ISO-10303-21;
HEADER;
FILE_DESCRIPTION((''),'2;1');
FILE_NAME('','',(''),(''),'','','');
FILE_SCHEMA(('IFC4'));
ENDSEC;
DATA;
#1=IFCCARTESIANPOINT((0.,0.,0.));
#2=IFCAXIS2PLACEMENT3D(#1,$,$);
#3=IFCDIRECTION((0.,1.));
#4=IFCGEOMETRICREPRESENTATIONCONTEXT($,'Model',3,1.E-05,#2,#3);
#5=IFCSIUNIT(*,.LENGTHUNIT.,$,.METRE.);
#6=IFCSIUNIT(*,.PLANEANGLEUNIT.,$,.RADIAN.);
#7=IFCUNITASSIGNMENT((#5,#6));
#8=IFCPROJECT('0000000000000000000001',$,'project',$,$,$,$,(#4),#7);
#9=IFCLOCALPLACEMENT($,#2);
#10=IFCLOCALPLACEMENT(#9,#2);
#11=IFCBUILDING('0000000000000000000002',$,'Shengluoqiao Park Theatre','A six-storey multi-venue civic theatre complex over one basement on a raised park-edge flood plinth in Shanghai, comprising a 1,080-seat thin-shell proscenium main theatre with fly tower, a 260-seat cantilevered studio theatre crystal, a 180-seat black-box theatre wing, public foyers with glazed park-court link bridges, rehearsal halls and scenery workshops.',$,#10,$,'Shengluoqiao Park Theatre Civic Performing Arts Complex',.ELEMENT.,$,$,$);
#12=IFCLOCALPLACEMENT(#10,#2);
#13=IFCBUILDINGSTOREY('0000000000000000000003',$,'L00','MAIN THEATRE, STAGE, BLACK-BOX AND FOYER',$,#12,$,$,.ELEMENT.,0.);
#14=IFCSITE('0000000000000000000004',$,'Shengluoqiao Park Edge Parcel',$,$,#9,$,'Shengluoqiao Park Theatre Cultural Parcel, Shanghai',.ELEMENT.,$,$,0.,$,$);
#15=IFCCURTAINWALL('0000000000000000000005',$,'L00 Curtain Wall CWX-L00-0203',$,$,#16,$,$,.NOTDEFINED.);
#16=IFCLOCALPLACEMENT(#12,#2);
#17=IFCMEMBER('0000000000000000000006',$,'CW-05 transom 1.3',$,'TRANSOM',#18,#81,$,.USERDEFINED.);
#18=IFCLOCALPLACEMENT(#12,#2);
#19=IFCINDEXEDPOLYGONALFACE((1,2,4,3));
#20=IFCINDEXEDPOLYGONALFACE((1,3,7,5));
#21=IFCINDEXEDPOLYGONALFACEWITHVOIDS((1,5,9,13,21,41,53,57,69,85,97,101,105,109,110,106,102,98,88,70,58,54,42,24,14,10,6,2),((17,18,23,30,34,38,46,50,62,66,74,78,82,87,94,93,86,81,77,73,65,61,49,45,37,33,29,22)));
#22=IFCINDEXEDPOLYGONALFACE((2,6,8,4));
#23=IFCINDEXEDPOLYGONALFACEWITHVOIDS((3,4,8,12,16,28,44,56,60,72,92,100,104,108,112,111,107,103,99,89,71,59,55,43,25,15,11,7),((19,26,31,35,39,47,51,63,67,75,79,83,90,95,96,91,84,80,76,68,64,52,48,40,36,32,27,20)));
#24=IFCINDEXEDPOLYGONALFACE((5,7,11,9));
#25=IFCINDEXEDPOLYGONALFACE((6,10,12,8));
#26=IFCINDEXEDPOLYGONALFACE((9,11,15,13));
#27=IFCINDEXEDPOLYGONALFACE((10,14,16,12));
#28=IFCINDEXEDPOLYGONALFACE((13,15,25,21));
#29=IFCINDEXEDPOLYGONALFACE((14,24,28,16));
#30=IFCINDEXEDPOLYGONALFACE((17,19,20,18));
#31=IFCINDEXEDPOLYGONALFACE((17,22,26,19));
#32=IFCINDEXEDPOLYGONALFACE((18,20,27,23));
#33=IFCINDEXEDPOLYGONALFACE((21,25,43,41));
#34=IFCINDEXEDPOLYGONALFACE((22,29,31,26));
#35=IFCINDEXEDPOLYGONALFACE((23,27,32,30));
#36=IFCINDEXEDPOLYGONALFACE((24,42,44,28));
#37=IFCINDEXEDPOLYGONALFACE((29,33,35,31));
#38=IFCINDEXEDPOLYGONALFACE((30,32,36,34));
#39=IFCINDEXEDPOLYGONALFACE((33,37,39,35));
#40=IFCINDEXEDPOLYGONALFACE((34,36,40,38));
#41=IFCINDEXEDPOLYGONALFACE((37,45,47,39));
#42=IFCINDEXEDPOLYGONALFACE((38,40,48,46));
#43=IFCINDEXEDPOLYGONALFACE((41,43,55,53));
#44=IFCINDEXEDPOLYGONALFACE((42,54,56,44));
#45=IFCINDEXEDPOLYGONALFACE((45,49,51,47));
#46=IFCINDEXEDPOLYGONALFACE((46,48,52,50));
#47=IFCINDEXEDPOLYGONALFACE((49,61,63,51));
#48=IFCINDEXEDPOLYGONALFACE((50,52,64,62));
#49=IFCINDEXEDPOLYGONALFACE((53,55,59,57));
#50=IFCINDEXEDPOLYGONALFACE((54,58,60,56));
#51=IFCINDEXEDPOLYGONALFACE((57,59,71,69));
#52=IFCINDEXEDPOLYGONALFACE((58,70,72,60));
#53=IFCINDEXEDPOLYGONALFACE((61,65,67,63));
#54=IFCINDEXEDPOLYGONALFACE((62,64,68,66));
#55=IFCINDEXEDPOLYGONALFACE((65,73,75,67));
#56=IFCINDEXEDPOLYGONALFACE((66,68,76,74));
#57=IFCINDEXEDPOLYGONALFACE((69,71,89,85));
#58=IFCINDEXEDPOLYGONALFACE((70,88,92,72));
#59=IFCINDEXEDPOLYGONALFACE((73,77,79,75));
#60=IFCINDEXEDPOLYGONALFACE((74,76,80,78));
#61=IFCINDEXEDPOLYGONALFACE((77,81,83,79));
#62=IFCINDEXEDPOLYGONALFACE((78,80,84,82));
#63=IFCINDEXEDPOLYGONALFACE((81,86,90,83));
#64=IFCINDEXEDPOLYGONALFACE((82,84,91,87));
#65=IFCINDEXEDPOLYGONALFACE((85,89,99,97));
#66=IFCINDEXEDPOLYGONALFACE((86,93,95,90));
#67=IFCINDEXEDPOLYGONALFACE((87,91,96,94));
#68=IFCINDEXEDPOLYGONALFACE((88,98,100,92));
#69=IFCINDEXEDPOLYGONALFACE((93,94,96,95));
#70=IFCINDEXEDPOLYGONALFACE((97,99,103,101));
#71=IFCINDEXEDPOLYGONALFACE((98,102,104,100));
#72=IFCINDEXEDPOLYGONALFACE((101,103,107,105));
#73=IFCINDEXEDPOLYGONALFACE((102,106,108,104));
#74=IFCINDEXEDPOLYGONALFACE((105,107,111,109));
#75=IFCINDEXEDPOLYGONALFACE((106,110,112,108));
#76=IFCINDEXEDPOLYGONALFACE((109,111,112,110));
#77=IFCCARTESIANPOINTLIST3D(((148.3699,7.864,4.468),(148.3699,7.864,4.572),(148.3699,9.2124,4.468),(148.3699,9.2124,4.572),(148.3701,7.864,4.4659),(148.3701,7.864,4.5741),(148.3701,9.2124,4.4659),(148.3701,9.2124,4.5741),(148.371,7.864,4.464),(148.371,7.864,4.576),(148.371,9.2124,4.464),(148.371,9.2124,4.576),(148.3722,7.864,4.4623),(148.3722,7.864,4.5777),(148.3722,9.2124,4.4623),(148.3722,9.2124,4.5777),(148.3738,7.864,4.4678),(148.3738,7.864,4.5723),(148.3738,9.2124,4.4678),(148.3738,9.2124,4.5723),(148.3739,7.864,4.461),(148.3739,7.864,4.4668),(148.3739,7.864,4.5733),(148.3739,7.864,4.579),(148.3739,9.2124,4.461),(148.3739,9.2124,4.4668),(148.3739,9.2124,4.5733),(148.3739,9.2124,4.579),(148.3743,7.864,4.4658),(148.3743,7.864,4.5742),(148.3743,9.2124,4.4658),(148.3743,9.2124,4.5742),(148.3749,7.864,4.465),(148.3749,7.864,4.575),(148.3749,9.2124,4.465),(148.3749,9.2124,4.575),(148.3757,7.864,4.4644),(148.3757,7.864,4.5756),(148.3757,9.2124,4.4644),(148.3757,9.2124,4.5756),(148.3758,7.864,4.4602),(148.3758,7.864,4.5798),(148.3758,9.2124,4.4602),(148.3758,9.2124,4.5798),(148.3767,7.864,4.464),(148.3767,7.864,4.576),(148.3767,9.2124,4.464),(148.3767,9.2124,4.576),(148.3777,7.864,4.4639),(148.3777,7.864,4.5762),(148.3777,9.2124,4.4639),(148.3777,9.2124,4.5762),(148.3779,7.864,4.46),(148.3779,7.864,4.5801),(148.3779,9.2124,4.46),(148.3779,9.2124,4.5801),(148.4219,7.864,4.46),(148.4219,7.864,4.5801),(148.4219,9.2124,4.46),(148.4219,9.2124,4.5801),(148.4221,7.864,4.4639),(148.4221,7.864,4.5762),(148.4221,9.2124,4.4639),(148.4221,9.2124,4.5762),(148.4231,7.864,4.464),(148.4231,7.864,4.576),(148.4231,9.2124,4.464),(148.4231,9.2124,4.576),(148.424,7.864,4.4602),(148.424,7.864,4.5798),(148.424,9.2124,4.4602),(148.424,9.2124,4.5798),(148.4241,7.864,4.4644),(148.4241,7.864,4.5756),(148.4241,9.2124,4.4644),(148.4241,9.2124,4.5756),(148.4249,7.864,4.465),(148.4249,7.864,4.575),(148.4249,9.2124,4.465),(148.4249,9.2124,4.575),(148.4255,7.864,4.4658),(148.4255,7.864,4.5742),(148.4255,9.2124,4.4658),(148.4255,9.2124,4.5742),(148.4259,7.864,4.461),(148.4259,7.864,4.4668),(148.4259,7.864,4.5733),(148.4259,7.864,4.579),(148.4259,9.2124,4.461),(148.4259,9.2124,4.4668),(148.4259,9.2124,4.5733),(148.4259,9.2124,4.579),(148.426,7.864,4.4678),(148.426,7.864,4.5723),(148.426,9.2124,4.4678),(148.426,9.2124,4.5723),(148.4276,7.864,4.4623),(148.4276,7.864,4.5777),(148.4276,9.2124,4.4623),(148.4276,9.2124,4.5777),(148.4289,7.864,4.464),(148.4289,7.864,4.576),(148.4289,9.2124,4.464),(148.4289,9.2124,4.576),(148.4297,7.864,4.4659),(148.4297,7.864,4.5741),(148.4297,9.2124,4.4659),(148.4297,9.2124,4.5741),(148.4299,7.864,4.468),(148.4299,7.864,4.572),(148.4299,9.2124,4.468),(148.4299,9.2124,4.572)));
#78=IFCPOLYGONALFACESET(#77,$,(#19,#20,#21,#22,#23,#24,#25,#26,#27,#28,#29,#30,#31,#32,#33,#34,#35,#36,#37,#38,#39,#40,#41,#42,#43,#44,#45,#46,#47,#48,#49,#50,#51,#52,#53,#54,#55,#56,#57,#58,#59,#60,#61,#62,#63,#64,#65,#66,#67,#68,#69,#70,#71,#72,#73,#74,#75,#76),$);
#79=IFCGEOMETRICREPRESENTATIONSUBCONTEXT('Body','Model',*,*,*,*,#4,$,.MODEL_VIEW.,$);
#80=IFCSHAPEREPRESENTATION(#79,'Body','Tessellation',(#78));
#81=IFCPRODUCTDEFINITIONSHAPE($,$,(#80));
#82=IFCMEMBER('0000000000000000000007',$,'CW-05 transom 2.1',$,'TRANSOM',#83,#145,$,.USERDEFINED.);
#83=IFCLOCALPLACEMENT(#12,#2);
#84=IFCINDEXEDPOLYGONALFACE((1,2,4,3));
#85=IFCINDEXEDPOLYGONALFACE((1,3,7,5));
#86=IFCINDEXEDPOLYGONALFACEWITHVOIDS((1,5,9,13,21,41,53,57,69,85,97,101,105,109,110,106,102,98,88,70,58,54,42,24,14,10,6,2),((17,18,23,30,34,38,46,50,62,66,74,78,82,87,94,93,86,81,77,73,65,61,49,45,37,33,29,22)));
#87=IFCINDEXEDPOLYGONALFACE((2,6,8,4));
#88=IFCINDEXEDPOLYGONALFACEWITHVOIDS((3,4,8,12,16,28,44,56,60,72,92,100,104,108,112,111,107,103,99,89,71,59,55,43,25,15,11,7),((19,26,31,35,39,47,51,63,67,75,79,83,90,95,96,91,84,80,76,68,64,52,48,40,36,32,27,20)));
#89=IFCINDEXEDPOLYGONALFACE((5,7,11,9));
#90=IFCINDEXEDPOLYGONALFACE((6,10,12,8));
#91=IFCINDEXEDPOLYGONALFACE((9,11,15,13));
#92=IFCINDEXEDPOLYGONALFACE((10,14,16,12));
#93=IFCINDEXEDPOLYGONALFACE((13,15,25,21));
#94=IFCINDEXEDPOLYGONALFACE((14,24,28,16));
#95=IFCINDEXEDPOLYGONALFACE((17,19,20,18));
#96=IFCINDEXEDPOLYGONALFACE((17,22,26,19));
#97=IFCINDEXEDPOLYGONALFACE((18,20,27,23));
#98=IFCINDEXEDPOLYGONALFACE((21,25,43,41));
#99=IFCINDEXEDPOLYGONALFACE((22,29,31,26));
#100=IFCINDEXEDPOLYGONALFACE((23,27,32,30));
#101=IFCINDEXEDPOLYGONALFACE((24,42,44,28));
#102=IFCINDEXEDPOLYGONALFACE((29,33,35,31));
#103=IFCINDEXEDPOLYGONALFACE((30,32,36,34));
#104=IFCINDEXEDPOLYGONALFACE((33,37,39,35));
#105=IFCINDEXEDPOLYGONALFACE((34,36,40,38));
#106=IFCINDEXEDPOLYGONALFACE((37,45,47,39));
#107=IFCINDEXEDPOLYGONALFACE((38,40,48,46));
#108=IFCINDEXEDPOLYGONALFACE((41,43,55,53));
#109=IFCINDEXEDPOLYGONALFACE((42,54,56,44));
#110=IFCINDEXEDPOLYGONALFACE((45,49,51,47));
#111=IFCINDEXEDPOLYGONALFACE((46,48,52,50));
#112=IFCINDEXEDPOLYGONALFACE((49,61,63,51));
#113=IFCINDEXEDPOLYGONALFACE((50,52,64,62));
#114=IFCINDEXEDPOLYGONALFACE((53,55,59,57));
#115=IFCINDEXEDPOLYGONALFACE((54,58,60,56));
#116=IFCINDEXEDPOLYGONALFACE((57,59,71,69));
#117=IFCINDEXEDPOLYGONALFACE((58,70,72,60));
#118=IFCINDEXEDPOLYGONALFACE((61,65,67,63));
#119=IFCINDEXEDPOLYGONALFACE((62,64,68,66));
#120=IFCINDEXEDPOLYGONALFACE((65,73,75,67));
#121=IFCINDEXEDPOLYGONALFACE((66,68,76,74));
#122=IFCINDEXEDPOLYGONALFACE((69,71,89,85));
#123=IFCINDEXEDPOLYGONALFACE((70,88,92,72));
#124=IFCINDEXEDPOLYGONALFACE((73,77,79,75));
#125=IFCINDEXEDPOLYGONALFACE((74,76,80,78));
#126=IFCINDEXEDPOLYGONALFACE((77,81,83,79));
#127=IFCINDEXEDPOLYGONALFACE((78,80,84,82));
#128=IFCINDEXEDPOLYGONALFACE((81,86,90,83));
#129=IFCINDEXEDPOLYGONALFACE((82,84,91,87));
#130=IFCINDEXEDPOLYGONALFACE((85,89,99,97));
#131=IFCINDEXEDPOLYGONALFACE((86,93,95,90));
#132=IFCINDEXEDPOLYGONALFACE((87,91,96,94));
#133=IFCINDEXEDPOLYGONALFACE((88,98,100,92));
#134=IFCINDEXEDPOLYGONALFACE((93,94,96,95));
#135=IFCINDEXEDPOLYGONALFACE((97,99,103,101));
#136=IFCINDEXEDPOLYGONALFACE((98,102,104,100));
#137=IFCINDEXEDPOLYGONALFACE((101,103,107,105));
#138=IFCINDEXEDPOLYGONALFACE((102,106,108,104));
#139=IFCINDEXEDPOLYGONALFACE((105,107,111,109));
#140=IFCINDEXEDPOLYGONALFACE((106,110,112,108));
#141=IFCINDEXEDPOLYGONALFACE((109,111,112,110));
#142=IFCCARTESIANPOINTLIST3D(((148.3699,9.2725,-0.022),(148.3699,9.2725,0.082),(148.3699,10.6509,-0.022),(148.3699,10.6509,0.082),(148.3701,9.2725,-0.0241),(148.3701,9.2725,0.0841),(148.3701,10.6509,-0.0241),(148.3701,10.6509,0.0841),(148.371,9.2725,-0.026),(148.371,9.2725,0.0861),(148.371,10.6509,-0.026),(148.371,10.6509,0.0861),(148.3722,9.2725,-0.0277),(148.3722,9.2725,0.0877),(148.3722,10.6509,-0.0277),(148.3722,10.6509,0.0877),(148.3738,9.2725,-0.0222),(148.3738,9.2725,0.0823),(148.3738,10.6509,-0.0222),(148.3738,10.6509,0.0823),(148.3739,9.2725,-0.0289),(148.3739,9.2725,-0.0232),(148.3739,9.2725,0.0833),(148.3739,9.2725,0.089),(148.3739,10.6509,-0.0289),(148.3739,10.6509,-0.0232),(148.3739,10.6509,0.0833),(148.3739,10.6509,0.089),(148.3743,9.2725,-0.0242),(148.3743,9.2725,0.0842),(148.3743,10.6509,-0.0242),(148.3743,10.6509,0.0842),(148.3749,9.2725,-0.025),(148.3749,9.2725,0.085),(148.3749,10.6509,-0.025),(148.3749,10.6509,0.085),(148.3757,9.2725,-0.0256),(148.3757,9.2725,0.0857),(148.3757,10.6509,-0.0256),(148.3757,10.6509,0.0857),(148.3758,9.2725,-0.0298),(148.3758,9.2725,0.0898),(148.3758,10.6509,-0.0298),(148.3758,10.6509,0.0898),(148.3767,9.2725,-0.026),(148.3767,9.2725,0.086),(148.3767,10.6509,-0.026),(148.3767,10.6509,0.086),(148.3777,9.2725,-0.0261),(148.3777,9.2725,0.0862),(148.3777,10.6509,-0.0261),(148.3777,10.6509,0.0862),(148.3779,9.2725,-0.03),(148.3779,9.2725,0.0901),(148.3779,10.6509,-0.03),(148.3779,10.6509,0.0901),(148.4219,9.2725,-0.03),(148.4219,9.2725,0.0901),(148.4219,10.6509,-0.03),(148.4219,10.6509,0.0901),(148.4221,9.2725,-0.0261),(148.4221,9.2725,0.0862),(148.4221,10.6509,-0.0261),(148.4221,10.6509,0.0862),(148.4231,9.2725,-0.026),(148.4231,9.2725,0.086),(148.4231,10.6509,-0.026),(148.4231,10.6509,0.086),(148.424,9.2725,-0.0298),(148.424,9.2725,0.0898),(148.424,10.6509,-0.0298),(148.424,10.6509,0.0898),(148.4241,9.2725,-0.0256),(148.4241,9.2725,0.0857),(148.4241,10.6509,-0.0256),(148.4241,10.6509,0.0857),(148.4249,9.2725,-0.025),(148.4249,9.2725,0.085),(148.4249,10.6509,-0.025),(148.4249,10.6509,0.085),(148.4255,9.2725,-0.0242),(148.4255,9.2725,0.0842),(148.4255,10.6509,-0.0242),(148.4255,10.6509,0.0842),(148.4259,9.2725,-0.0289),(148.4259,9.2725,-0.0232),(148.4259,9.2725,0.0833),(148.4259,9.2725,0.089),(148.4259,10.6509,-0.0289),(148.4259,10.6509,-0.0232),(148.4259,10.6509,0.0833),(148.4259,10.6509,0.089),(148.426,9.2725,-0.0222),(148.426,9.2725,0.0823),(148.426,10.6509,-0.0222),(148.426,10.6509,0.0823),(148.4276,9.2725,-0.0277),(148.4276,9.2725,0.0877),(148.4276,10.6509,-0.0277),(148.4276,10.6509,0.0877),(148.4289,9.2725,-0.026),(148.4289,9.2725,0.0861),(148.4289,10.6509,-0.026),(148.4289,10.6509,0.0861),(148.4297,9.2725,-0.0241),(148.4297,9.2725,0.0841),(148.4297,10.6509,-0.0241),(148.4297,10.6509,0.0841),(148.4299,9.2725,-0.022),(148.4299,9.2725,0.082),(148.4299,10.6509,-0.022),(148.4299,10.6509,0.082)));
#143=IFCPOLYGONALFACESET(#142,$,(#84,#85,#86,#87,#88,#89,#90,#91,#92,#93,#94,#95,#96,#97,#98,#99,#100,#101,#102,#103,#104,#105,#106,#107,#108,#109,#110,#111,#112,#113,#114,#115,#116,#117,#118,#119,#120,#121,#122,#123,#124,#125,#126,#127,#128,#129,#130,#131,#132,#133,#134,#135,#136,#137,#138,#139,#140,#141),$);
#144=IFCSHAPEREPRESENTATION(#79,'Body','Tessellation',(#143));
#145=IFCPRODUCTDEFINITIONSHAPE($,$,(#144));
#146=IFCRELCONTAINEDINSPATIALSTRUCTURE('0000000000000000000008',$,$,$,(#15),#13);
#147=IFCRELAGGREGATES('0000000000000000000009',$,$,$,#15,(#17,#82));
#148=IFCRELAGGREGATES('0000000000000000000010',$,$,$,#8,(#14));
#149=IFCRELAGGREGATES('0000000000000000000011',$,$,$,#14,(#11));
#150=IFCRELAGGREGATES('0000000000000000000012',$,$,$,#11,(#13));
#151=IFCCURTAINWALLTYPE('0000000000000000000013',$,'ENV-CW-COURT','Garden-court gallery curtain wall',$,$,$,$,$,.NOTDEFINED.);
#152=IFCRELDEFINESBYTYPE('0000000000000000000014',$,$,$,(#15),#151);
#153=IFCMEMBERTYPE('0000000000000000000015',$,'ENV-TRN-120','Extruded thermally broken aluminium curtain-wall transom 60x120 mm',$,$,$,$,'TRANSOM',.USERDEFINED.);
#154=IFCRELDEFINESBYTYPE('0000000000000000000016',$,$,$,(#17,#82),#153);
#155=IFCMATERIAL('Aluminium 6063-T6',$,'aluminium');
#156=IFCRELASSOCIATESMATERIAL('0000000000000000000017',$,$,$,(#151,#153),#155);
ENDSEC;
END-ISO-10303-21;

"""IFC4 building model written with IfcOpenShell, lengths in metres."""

from ifc_helpers import new_model, si_unit, direction, frame, origin, origin_2d, place, context, subcontext, project, spatial, hollow_rectangle, extrude, material, material_profile, profile_set, type_object, element, aggregate, save


model = new_model("IFC4")

# Units and contexts
model_context = context("Model", 3, precision=1e-05, world=origin(), true_north=direction((0.0, 1.0)))
body_context = subcontext(model_context, "Body", "Model", "MODEL_VIEW")
ifc_project = project(units=[si_unit("LENGTHUNIT", "METRE"), si_unit("PLANEANGLEUNIT", "RADIAN")], contexts=[model_context])

# Site, building, storey
site_placement = place(None, origin())
site = spatial("IfcSite", under=ifc_project, at=site_placement, Name="Shengluoqiao Park Edge Parcel", LongName="Shengluoqiao Park Theatre Cultural Parcel, Shanghai", CompositionType="ELEMENT", RefElevation=0.0)
building_placement = place(site_placement, origin())
building = spatial("IfcBuilding", under=site, at=building_placement, Name="Shengluoqiao Park Theatre", Description="A six-storey multi-venue civic theatre complex over one basement on a raised park-edge flood plinth in Shanghai, comprising a 1,080-seat thin-shell proscenium main theatre with fly tower, a 260-seat cantilevered studio theatre crystal, a 180-seat black-box theatre wing, public foyers with glazed park-court link bridges, rehearsal halls and scenery workshops.", LongName="Shengluoqiao Park Theatre Civic Performing Arts Complex", CompositionType="ELEMENT")
storey_placement = place(building_placement, origin())
storey = spatial("IfcBuildingStorey", under=building, at=storey_placement, Name="L00", Description="MAIN THEATRE, STAGE, BLACK-BOX AND FOYER", CompositionType="ELEMENT", Elevation=0.0)

# Curtain wall, members
ifc_material_1 = material(Name="Aluminium 6063-T6", Category="aluminium")
curtain_wall_type = type_object("IfcCurtainWallType", Name="ENV-CW-COURT", Description="Garden-court gallery curtain wall", PredefinedType="NOTDEFINED", material=ifc_material_1)
curtain_wall_placement = place(storey_placement, origin())
curtain_wall = element("IfcCurtainWall", 1, at=curtain_wall_placement, inside=storey, type_object=curtain_wall_type, Name="L00 Curtain Wall CWX-L00-0203", PredefinedType="NOTDEFINED")
ifc_material_profile_1 = material_profile(ifc_material_1, hollow_rectangle(XDim=0.0601, YDim=0.1201, WallThickness=0.0039, InnerFilletRadius=0.0039, OuterFilletRadius=0.0081, at=origin_2d()), Name="ALU TRANSOM 120x60x4")
ifc_profile_set_1 = profile_set([ifc_material_profile_1], Name="Aluminium 6063-T6")
member_type_1 = type_object("IfcMemberType", Name="ENV-TRN-120", Description="Extruded thermally broken aluminium curtain-wall transom 60x120 mm", ElementType="TRANSOM", PredefinedType="USERDEFINED", material=ifc_profile_set_1)
member_1_placement = place(storey_placement, frame((148.3999, 7.864, 4.52), z_axis=(0.0, 1.0, 0.0), x_axis=(-1.0, 0.0, 0.0)))
member_1 = element("IfcMember", 2, at=member_1_placement, type_object=member_type_1, Name="CW-05 transom 1.3", ObjectType="TRANSOM", PredefinedType="USERDEFINED", context=body_context, shape_type="SweptSolid", body=[
    extrude(hollow_rectangle(XDim=0.0601, YDim=0.1201, WallThickness=0.0039, InnerFilletRadius=0.0039, OuterFilletRadius=0.0081, at=origin_2d()), origin(), (0.0, 0.0, 1.0), 1.3484),
])
member_2_placement = place(storey_placement, frame((148.3999, 9.2725, 0.03), z_axis=(0.0, 1.0, 0.0), x_axis=(-1.0, 0.0, 0.0)))
member_2 = element("IfcMember", 3, at=member_2_placement, type_object=member_type_1, Name="CW-05 transom 2.1", ObjectType="TRANSOM", PredefinedType="USERDEFINED", context=body_context, shape_type="SweptSolid", body=[
    extrude(hollow_rectangle(XDim=0.0601, YDim=0.1201, WallThickness=0.0039, InnerFilletRadius=0.0039, OuterFilletRadius=0.0081, at=origin_2d()), origin(), (0.0, 0.0, 1.0), 1.3784),
])
aggregate(curtain_wall, [member_1, member_2])

save(model, "model.ifc")
